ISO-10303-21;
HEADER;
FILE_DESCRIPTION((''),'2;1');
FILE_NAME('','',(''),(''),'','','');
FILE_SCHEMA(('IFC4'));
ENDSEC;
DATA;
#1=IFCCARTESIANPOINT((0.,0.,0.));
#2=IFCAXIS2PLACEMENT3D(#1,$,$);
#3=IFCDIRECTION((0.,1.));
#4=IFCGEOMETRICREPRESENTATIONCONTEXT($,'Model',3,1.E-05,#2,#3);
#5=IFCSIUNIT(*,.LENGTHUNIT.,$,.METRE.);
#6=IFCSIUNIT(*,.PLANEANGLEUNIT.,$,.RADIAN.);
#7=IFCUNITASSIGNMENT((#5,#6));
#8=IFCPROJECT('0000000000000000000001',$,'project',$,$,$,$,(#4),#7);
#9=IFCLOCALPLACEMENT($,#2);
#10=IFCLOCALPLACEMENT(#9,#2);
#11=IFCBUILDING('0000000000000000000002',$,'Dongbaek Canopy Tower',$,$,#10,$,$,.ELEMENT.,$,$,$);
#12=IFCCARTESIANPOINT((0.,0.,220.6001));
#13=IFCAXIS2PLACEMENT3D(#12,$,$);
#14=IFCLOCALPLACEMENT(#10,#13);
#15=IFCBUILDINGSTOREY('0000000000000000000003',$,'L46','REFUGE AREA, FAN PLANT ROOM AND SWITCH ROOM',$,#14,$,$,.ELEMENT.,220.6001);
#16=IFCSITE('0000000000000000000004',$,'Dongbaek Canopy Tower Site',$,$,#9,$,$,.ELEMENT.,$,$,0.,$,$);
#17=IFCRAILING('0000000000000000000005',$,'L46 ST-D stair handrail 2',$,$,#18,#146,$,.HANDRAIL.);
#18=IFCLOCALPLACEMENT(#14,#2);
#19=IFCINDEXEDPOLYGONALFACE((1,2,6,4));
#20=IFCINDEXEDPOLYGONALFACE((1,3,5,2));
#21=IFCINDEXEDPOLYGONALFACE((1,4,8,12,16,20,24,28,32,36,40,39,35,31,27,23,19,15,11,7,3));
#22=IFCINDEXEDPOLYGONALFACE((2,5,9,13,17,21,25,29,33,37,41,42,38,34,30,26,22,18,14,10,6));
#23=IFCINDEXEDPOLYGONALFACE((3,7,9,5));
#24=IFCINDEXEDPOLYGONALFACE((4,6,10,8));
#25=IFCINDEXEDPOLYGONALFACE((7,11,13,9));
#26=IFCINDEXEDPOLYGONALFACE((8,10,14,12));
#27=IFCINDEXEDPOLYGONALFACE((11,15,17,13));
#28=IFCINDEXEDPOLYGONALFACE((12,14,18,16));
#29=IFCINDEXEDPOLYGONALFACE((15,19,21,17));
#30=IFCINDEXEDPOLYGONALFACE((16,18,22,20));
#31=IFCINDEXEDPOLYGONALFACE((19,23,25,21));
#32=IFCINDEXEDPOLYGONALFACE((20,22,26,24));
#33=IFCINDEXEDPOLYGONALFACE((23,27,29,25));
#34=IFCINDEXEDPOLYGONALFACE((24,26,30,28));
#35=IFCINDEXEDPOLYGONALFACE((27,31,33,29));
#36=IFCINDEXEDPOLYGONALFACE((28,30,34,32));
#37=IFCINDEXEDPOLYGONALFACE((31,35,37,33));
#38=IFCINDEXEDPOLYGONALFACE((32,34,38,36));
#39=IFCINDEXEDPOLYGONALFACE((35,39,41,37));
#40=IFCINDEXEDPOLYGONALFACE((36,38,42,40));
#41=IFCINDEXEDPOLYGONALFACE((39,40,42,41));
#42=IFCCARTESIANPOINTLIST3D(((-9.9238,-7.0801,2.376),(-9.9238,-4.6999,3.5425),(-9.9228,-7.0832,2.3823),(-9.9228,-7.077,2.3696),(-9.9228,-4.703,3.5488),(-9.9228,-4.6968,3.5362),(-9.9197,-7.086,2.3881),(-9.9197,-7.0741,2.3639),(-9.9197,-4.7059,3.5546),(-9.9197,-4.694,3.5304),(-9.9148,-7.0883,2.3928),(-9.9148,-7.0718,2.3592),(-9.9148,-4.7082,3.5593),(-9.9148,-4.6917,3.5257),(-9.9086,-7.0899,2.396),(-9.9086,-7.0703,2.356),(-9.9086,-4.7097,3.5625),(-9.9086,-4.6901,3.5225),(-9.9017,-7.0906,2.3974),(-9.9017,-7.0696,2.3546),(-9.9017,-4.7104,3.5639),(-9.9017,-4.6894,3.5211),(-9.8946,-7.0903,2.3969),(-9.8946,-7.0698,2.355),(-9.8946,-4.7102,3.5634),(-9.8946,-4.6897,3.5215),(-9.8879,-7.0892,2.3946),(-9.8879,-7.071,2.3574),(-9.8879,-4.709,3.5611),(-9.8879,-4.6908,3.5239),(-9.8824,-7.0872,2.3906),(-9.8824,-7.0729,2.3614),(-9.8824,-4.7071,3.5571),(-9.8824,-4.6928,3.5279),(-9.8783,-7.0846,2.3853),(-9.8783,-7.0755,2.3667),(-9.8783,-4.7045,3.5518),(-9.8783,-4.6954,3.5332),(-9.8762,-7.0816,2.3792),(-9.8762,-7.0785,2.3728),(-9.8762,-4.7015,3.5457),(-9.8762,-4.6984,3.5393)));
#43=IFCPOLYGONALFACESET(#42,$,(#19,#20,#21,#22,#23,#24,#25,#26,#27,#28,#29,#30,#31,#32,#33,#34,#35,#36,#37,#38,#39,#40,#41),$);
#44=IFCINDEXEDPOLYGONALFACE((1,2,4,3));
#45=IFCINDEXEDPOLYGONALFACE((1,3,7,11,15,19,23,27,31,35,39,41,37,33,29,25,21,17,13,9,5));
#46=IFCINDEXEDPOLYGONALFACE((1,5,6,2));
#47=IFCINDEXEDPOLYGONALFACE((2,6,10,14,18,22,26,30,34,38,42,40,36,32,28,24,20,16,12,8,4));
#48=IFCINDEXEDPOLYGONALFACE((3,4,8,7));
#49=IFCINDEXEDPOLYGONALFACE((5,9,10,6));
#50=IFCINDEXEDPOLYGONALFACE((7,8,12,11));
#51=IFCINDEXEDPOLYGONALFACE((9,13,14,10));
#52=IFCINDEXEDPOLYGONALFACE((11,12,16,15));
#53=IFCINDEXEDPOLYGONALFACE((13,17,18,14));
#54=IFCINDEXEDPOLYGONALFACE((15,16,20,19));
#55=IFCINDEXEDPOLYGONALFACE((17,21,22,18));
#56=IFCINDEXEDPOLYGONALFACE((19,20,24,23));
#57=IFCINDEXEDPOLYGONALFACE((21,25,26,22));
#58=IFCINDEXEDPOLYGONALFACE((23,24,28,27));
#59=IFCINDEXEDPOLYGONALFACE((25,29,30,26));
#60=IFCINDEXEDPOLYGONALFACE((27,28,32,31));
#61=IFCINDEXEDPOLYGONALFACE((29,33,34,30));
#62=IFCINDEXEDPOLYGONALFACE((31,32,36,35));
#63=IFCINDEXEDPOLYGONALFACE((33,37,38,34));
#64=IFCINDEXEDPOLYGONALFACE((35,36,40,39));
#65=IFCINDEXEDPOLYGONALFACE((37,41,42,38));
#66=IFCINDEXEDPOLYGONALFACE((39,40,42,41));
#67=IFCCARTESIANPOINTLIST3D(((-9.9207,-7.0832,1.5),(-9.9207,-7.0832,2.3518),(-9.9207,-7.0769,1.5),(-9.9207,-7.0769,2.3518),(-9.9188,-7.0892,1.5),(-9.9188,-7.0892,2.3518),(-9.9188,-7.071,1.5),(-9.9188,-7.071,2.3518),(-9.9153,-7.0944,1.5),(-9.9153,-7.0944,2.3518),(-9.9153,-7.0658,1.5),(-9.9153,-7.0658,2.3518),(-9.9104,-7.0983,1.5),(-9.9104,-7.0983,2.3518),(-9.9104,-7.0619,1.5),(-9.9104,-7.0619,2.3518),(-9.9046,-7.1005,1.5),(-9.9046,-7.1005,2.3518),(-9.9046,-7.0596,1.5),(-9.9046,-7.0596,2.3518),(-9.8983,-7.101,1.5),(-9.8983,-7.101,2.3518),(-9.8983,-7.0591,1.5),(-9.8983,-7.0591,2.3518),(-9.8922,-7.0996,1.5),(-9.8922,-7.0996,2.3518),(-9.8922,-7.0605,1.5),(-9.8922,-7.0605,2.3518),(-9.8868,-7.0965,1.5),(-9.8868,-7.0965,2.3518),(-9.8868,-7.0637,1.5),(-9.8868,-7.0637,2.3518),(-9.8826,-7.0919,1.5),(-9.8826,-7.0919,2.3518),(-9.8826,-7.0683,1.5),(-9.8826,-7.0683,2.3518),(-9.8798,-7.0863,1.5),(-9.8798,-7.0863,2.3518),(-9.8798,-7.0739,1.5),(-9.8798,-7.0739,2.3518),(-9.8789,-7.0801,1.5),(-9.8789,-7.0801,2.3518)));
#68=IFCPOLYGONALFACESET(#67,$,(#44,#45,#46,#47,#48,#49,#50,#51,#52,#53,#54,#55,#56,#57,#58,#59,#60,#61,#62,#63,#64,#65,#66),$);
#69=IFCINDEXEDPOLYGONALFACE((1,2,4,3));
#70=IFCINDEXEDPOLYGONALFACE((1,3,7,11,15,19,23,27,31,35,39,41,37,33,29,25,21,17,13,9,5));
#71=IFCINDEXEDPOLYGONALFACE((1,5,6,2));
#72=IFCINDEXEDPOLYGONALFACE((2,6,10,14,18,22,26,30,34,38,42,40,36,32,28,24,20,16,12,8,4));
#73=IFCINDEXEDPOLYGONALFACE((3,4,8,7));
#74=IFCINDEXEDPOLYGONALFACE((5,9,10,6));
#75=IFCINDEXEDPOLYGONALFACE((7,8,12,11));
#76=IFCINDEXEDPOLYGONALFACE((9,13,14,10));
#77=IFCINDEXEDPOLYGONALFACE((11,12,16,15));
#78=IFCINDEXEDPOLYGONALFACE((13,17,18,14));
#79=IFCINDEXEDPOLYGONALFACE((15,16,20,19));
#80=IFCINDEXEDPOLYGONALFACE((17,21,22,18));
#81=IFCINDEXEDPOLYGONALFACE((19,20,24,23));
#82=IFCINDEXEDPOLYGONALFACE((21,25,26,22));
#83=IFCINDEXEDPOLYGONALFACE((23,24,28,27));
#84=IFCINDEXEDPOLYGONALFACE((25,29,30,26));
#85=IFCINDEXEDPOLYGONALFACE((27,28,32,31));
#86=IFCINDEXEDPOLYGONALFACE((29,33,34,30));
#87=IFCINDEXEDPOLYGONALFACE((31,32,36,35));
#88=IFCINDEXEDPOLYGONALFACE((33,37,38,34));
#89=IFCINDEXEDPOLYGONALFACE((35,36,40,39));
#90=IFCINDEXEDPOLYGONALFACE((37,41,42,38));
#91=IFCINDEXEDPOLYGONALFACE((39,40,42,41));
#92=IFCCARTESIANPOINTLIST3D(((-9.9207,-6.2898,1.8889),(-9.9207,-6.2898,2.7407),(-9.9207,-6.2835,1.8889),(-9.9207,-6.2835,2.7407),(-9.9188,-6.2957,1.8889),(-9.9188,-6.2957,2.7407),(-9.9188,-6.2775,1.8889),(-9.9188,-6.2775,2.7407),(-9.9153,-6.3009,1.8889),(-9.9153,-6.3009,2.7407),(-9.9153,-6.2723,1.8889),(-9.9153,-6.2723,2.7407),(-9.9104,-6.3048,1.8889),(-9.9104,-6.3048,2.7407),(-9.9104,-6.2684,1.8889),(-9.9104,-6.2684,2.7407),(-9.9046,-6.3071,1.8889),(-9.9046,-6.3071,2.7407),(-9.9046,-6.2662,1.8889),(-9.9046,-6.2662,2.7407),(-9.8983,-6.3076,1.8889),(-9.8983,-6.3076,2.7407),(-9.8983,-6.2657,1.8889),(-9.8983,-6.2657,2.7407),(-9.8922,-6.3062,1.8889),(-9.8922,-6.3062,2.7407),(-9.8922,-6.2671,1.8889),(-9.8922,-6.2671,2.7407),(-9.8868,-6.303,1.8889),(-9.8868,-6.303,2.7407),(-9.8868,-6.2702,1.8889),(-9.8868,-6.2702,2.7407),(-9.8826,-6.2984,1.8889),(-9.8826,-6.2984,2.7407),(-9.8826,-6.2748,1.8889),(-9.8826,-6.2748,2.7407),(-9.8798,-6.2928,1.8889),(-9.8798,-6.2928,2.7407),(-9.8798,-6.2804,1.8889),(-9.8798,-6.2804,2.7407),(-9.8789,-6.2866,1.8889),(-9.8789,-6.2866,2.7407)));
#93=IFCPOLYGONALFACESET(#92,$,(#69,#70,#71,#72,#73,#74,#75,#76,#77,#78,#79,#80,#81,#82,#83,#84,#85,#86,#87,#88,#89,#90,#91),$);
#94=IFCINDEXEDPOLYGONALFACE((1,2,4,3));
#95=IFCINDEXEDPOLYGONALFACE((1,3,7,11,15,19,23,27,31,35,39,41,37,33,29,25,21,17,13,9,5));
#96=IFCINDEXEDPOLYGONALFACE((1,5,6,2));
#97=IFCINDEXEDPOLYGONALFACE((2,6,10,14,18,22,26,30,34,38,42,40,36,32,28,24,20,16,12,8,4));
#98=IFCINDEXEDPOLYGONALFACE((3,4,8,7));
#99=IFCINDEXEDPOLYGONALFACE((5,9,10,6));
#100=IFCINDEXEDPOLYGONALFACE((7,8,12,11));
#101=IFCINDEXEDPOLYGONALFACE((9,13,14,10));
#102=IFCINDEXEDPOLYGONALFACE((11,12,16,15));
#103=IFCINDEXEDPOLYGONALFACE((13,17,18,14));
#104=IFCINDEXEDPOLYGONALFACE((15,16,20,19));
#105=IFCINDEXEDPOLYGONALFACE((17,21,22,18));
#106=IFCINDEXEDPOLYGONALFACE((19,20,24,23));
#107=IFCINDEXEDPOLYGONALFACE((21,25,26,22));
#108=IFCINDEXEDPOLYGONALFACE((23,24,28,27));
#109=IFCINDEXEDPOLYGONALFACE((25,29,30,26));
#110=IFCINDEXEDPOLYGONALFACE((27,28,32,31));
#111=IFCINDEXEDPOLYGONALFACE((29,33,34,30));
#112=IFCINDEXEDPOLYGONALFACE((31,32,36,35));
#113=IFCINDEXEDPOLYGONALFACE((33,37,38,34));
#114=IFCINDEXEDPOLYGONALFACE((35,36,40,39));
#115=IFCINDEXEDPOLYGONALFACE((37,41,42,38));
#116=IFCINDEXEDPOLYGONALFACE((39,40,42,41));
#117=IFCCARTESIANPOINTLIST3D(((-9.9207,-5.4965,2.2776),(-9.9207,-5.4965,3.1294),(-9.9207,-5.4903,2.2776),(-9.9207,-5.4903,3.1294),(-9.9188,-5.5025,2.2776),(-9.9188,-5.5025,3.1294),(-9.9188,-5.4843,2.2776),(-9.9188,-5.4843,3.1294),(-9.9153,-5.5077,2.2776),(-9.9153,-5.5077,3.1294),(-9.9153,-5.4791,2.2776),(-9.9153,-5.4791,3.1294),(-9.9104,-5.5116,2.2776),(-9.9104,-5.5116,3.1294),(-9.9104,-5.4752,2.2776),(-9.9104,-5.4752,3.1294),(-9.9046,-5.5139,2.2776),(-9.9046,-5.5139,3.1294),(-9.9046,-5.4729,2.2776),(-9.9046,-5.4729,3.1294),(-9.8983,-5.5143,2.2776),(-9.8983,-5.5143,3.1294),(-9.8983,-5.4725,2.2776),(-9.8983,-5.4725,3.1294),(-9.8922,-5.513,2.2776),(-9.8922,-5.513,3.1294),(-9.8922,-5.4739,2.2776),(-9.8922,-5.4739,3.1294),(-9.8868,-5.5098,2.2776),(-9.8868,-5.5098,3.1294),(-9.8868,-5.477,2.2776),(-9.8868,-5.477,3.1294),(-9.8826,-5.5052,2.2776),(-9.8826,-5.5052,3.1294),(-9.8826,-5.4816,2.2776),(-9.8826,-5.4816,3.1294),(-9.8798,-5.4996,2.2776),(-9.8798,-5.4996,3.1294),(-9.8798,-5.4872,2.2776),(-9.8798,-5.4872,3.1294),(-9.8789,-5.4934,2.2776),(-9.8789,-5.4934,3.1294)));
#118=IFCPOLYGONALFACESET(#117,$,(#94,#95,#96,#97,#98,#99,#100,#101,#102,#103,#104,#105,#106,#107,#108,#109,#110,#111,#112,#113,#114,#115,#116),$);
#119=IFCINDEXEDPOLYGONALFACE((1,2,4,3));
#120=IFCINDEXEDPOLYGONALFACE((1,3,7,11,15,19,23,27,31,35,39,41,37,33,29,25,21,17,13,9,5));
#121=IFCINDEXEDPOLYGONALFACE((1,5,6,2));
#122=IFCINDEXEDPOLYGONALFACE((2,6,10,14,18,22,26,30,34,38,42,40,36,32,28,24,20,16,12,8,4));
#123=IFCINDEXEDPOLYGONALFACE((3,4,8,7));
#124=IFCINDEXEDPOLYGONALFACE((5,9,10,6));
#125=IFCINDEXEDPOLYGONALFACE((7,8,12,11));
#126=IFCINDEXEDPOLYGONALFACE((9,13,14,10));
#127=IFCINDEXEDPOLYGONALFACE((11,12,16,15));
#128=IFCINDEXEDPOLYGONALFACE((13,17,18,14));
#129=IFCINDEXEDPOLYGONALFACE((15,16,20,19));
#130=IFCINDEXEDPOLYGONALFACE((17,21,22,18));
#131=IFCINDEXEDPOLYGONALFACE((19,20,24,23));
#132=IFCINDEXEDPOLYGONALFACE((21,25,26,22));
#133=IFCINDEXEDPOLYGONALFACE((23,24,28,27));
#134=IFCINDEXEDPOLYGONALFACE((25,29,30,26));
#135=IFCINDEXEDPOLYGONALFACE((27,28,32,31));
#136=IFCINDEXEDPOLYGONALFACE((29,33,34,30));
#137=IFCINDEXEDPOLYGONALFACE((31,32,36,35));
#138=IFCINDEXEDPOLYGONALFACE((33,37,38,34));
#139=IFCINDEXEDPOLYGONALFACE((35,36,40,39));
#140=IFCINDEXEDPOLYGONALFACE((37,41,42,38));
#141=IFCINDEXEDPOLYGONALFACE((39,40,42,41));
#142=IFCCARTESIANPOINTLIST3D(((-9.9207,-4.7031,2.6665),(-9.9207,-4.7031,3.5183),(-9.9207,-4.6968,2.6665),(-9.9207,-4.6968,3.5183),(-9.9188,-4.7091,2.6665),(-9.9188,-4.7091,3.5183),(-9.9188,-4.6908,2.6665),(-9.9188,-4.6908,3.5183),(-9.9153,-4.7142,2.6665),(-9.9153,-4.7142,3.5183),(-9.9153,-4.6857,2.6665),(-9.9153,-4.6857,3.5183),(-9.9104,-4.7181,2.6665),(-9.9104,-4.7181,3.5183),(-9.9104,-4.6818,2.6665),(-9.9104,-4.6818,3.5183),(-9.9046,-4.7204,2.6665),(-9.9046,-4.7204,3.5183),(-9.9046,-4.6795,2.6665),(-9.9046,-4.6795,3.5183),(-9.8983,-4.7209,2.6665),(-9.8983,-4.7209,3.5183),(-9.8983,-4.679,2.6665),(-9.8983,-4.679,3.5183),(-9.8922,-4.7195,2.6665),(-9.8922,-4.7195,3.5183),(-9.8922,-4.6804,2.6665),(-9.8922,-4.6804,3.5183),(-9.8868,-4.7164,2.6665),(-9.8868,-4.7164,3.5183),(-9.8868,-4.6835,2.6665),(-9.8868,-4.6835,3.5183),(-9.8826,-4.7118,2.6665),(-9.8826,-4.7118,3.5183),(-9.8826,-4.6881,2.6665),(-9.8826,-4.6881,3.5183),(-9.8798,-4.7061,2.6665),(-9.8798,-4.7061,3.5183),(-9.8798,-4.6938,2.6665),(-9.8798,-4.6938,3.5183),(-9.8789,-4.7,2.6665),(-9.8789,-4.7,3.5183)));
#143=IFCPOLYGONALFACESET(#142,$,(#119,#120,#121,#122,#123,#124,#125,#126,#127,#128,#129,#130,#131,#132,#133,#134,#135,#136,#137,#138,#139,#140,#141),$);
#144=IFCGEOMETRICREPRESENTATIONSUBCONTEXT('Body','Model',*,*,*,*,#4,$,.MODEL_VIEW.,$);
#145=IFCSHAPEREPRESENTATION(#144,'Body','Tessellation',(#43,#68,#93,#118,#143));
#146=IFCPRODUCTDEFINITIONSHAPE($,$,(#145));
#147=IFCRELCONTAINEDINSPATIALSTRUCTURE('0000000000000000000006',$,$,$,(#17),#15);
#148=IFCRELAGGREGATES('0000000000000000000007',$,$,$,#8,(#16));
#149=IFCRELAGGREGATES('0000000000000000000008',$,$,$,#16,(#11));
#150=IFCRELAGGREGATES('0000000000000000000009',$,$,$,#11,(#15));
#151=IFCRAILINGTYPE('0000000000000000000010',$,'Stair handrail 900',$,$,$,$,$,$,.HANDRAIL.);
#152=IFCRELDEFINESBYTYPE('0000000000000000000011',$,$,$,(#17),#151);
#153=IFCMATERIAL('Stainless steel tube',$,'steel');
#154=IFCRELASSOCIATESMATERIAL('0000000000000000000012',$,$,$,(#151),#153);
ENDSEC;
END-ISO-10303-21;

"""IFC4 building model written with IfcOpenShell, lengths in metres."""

from ifc_helpers import new_model, si_unit, direction, frame, origin, origin_2d, place, context, subcontext, project, spatial, circle, extrude, material, type_object, element, save


model = new_model("IFC4")

# Units and contexts
model_context = context("Model", 3, precision=1e-05, world=origin(), true_north=direction((0.0, 1.0)))
body_context = subcontext(model_context, "Body", "Model", "MODEL_VIEW")
ifc_project = project(units=[si_unit("LENGTHUNIT", "METRE"), si_unit("PLANEANGLEUNIT", "RADIAN")], contexts=[model_context])

# Site, building, storey
site_placement = place(None, origin())
site = spatial("IfcSite", under=ifc_project, at=site_placement, Name="Dongbaek Canopy Tower Site", CompositionType="ELEMENT", RefElevation=0.0)
building_placement = place(site_placement, origin())
building = spatial("IfcBuilding", under=site, at=building_placement, Name="Dongbaek Canopy Tower", CompositionType="ELEMENT")
storey_placement = place(building_placement, frame((0.0, 0.0, 220.6001)))
storey = spatial("IfcBuildingStorey", under=building, at=storey_placement, Name="L46", Description="REFUGE AREA, FAN PLANT ROOM AND SWITCH ROOM", CompositionType="ELEMENT", Elevation=220.6001)

# Railing
ifc_material_1 = material(Name="Stainless steel tube", Category="steel")
railing_type_1 = type_object("IfcRailingType", Name="Stair handrail 900", PredefinedType="HANDRAIL", material=ifc_material_1)
railing_1_placement = place(storey_placement, frame((-9.8999, -7.0801, 1.5)))
element("IfcRailing", 1, at=railing_1_placement, inside=storey, type_object=railing_type_1, Name="L46 ST-D stair handrail 2", PredefinedType="HANDRAIL", context=body_context, shape_type="SweptSolid", body=[
    extrude(circle(Radius=0.0239, at=origin_2d()), frame((0.0, 0.0, 0.876), z_axis=(0.0, 0.897954, 0.440089), x_axis=(-1.0, 0.0, 0.0)), (0.0, 0.0, 1.0), 2.6506),
    extrude(circle(Radius=0.021, at=origin_2d()), origin(), (0.0, 0.0, 1.0), 0.8518),
    extrude(circle(Radius=0.021, at=origin_2d()), frame((0.0, 0.7935, 0.3889)), (0.0, 0.0, 1.0), 0.8518),
    extrude(circle(Radius=0.021, at=origin_2d()), frame((0.0, 1.5867, 0.7776)), (0.0, 0.0, 1.0), 0.8518),
    extrude(circle(Radius=0.021, at=origin_2d()), frame((0.0, 2.3801, 1.1665)), (0.0, 0.0, 1.0), 0.8518),
])

save(model, "model.ifc")
